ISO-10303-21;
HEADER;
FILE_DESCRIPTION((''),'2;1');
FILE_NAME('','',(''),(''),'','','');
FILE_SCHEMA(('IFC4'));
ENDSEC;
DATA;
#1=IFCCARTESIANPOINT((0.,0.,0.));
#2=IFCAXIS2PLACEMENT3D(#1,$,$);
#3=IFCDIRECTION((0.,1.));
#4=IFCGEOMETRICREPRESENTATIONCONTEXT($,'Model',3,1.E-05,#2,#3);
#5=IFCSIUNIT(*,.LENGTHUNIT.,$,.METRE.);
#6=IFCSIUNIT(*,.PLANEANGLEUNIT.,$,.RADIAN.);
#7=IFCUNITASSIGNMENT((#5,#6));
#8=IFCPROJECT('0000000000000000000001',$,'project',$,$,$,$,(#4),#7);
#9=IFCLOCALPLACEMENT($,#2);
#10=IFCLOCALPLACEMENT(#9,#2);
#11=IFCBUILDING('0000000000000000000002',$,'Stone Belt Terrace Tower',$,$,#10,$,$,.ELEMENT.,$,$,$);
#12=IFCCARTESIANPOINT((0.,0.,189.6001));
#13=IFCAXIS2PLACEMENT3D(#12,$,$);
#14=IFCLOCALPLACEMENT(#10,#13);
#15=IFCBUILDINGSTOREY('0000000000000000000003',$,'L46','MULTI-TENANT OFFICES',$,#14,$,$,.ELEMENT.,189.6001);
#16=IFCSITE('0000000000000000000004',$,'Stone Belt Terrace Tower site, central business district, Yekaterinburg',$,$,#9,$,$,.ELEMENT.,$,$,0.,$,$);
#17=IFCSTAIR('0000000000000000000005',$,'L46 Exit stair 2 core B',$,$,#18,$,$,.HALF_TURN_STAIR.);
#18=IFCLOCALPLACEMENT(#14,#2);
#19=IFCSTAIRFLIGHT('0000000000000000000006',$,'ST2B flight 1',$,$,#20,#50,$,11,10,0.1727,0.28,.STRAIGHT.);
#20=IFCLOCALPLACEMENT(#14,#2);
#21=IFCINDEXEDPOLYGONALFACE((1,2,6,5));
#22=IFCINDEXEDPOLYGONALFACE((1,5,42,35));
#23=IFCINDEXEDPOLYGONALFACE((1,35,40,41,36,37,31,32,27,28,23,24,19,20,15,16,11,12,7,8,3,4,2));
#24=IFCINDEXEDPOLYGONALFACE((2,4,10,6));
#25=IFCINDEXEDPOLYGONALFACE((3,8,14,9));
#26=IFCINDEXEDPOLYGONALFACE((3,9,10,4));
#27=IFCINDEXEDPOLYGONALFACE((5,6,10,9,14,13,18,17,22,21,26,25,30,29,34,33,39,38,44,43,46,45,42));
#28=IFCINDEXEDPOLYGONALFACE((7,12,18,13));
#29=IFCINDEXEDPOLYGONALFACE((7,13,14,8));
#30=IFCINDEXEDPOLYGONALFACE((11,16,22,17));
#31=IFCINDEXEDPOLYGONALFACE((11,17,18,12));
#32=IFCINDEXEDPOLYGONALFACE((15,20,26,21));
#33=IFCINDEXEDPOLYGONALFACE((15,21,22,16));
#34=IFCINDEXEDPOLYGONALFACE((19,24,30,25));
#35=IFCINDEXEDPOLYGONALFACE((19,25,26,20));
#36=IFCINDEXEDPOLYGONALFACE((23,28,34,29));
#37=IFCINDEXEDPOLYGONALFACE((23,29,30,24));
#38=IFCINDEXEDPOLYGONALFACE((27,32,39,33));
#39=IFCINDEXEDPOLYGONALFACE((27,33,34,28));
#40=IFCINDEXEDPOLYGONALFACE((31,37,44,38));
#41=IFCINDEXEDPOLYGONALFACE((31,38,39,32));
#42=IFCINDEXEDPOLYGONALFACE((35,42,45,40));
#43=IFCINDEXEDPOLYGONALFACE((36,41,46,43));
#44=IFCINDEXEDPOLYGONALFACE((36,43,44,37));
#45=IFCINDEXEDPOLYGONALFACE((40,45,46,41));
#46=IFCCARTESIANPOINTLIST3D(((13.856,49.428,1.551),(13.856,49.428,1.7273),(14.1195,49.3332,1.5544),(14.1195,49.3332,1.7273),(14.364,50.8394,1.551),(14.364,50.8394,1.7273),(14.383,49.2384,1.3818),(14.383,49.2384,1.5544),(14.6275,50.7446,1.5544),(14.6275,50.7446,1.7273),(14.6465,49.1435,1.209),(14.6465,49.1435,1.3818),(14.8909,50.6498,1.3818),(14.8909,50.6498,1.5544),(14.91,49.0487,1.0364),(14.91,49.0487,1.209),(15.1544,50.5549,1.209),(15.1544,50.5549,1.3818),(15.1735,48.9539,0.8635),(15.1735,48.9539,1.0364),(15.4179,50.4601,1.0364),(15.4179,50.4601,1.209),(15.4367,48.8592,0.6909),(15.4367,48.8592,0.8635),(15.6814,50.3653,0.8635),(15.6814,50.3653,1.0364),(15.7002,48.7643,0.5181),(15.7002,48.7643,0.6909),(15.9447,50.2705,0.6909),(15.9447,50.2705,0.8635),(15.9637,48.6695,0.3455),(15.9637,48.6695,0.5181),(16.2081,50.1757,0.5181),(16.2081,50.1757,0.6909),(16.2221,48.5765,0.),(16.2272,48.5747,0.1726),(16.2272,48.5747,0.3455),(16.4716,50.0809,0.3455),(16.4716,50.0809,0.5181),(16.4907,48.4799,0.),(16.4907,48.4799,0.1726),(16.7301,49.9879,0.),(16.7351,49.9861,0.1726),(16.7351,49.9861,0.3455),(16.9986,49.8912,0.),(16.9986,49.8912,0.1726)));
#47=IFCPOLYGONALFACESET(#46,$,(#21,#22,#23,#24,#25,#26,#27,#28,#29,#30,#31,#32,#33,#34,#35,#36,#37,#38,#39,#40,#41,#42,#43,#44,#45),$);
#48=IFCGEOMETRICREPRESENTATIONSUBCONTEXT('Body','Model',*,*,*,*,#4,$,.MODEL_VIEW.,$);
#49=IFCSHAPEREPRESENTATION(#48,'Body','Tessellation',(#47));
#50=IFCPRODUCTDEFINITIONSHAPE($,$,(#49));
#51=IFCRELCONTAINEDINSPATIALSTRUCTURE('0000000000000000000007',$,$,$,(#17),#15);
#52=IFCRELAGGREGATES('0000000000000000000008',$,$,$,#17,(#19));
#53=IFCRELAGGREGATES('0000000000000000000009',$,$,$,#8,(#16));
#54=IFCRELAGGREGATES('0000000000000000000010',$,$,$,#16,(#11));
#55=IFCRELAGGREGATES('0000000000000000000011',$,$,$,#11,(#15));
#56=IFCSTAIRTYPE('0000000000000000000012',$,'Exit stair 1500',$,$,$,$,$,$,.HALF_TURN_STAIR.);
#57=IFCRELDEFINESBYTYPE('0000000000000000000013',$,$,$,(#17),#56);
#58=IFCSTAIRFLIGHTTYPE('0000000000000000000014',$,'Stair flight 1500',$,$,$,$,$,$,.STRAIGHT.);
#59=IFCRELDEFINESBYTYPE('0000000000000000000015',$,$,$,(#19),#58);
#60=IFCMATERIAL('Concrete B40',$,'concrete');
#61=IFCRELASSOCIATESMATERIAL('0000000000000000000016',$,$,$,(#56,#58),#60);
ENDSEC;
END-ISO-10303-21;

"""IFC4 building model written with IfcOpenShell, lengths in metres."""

from ifc_helpers import new_model, si_unit, direction, frame, origin, place, context, subcontext, project, spatial, polyline, outline, extrude, material, type_object, element, aggregate, save


model = new_model("IFC4")

# Units and contexts
model_context = context("Model", 3, precision=1e-05, world=origin(), true_north=direction((0.0, 1.0)))
body_context = subcontext(model_context, "Body", "Model", "MODEL_VIEW")
ifc_project = project(units=[si_unit("LENGTHUNIT", "METRE"), si_unit("PLANEANGLEUNIT", "RADIAN")], contexts=[model_context])

# Site, building, storey
site_placement = place(None, origin())
site = spatial("IfcSite", under=ifc_project, at=site_placement, Name="Stone Belt Terrace Tower site, central business district, Yekaterinburg", CompositionType="ELEMENT", RefElevation=0.0)
building_placement = place(site_placement, origin())
building = spatial("IfcBuilding", under=site, at=building_placement, Name="Stone Belt Terrace Tower", CompositionType="ELEMENT")
storey_placement = place(building_placement, frame((0.0, 0.0, 189.6001)))
storey = spatial("IfcBuildingStorey", under=building, at=storey_placement, Name="L46", Description="MULTI-TENANT OFFICES", CompositionType="ELEMENT", Elevation=189.6001)

# Stair, stair flight
ifc_material_1 = material(Name="Concrete B40", Category="concrete")
stair_type = type_object("IfcStairType", Name="Exit stair 1500", PredefinedType="HALF_TURN_STAIR", material=ifc_material_1)
stair_placement = place(storey_placement, origin())
stair = element("IfcStair", 1, at=stair_placement, inside=storey, type_object=stair_type, Name="L46 Exit stair 2 core B", PredefinedType="HALF_TURN_STAIR")
stair_flight_type = type_object("IfcStairFlightType", Name="Stair flight 1500", PredefinedType="STRAIGHT", material=ifc_material_1)
stair_flight_placement = place(storey_placement, frame((16.7446, 49.1855, 0.0), z_axis=(0.0, 0.0, 1.0), x_axis=(-0.940922, 0.338624, 0.0)))
stair_flight = element("IfcStairFlight", 2, at=stair_flight_placement, type_object=stair_flight_type, Name="ST2B flight 1", NumberOfRisers=11, NumberOfTreads=10, PredefinedType="STRAIGHT", RiserHeight=0.1727, TreadLength=0.28, context=body_context, shape_type="SweptSolid", body=[
    extrude(outline(polyline([(0.0, 0.0), (0.0, 0.1726), (0.28, 0.1726), (0.28, 0.3455), (0.5601, 0.3455), (0.5601, 0.5181), (0.8401, 0.5181), (0.8401, 0.6909), (1.1201, 0.6909), (1.1201, 0.8635), (1.3999, 0.8635), (1.3999, 1.0364), (1.6799, 1.0364), (1.6799, 1.209), (1.96, 1.209), (1.96, 1.3818), (2.24, 1.3818), (2.24, 1.5544), (2.52, 1.5544), (2.52, 1.7273), (2.8, 1.7273), (2.8, 1.8999), (2.8, 1.551), (0.2854, 0.0), (0.0, 0.0)])), frame((0.0, 0.75, 0.0), z_axis=(0.0, -1.0, 0.0), x_axis=(1.0, 0.0, 0.0)), (0.0, 0.0, 1.0), 1.5),
])
aggregate(stair, [stair_flight])

save(model, "model.ifc")
